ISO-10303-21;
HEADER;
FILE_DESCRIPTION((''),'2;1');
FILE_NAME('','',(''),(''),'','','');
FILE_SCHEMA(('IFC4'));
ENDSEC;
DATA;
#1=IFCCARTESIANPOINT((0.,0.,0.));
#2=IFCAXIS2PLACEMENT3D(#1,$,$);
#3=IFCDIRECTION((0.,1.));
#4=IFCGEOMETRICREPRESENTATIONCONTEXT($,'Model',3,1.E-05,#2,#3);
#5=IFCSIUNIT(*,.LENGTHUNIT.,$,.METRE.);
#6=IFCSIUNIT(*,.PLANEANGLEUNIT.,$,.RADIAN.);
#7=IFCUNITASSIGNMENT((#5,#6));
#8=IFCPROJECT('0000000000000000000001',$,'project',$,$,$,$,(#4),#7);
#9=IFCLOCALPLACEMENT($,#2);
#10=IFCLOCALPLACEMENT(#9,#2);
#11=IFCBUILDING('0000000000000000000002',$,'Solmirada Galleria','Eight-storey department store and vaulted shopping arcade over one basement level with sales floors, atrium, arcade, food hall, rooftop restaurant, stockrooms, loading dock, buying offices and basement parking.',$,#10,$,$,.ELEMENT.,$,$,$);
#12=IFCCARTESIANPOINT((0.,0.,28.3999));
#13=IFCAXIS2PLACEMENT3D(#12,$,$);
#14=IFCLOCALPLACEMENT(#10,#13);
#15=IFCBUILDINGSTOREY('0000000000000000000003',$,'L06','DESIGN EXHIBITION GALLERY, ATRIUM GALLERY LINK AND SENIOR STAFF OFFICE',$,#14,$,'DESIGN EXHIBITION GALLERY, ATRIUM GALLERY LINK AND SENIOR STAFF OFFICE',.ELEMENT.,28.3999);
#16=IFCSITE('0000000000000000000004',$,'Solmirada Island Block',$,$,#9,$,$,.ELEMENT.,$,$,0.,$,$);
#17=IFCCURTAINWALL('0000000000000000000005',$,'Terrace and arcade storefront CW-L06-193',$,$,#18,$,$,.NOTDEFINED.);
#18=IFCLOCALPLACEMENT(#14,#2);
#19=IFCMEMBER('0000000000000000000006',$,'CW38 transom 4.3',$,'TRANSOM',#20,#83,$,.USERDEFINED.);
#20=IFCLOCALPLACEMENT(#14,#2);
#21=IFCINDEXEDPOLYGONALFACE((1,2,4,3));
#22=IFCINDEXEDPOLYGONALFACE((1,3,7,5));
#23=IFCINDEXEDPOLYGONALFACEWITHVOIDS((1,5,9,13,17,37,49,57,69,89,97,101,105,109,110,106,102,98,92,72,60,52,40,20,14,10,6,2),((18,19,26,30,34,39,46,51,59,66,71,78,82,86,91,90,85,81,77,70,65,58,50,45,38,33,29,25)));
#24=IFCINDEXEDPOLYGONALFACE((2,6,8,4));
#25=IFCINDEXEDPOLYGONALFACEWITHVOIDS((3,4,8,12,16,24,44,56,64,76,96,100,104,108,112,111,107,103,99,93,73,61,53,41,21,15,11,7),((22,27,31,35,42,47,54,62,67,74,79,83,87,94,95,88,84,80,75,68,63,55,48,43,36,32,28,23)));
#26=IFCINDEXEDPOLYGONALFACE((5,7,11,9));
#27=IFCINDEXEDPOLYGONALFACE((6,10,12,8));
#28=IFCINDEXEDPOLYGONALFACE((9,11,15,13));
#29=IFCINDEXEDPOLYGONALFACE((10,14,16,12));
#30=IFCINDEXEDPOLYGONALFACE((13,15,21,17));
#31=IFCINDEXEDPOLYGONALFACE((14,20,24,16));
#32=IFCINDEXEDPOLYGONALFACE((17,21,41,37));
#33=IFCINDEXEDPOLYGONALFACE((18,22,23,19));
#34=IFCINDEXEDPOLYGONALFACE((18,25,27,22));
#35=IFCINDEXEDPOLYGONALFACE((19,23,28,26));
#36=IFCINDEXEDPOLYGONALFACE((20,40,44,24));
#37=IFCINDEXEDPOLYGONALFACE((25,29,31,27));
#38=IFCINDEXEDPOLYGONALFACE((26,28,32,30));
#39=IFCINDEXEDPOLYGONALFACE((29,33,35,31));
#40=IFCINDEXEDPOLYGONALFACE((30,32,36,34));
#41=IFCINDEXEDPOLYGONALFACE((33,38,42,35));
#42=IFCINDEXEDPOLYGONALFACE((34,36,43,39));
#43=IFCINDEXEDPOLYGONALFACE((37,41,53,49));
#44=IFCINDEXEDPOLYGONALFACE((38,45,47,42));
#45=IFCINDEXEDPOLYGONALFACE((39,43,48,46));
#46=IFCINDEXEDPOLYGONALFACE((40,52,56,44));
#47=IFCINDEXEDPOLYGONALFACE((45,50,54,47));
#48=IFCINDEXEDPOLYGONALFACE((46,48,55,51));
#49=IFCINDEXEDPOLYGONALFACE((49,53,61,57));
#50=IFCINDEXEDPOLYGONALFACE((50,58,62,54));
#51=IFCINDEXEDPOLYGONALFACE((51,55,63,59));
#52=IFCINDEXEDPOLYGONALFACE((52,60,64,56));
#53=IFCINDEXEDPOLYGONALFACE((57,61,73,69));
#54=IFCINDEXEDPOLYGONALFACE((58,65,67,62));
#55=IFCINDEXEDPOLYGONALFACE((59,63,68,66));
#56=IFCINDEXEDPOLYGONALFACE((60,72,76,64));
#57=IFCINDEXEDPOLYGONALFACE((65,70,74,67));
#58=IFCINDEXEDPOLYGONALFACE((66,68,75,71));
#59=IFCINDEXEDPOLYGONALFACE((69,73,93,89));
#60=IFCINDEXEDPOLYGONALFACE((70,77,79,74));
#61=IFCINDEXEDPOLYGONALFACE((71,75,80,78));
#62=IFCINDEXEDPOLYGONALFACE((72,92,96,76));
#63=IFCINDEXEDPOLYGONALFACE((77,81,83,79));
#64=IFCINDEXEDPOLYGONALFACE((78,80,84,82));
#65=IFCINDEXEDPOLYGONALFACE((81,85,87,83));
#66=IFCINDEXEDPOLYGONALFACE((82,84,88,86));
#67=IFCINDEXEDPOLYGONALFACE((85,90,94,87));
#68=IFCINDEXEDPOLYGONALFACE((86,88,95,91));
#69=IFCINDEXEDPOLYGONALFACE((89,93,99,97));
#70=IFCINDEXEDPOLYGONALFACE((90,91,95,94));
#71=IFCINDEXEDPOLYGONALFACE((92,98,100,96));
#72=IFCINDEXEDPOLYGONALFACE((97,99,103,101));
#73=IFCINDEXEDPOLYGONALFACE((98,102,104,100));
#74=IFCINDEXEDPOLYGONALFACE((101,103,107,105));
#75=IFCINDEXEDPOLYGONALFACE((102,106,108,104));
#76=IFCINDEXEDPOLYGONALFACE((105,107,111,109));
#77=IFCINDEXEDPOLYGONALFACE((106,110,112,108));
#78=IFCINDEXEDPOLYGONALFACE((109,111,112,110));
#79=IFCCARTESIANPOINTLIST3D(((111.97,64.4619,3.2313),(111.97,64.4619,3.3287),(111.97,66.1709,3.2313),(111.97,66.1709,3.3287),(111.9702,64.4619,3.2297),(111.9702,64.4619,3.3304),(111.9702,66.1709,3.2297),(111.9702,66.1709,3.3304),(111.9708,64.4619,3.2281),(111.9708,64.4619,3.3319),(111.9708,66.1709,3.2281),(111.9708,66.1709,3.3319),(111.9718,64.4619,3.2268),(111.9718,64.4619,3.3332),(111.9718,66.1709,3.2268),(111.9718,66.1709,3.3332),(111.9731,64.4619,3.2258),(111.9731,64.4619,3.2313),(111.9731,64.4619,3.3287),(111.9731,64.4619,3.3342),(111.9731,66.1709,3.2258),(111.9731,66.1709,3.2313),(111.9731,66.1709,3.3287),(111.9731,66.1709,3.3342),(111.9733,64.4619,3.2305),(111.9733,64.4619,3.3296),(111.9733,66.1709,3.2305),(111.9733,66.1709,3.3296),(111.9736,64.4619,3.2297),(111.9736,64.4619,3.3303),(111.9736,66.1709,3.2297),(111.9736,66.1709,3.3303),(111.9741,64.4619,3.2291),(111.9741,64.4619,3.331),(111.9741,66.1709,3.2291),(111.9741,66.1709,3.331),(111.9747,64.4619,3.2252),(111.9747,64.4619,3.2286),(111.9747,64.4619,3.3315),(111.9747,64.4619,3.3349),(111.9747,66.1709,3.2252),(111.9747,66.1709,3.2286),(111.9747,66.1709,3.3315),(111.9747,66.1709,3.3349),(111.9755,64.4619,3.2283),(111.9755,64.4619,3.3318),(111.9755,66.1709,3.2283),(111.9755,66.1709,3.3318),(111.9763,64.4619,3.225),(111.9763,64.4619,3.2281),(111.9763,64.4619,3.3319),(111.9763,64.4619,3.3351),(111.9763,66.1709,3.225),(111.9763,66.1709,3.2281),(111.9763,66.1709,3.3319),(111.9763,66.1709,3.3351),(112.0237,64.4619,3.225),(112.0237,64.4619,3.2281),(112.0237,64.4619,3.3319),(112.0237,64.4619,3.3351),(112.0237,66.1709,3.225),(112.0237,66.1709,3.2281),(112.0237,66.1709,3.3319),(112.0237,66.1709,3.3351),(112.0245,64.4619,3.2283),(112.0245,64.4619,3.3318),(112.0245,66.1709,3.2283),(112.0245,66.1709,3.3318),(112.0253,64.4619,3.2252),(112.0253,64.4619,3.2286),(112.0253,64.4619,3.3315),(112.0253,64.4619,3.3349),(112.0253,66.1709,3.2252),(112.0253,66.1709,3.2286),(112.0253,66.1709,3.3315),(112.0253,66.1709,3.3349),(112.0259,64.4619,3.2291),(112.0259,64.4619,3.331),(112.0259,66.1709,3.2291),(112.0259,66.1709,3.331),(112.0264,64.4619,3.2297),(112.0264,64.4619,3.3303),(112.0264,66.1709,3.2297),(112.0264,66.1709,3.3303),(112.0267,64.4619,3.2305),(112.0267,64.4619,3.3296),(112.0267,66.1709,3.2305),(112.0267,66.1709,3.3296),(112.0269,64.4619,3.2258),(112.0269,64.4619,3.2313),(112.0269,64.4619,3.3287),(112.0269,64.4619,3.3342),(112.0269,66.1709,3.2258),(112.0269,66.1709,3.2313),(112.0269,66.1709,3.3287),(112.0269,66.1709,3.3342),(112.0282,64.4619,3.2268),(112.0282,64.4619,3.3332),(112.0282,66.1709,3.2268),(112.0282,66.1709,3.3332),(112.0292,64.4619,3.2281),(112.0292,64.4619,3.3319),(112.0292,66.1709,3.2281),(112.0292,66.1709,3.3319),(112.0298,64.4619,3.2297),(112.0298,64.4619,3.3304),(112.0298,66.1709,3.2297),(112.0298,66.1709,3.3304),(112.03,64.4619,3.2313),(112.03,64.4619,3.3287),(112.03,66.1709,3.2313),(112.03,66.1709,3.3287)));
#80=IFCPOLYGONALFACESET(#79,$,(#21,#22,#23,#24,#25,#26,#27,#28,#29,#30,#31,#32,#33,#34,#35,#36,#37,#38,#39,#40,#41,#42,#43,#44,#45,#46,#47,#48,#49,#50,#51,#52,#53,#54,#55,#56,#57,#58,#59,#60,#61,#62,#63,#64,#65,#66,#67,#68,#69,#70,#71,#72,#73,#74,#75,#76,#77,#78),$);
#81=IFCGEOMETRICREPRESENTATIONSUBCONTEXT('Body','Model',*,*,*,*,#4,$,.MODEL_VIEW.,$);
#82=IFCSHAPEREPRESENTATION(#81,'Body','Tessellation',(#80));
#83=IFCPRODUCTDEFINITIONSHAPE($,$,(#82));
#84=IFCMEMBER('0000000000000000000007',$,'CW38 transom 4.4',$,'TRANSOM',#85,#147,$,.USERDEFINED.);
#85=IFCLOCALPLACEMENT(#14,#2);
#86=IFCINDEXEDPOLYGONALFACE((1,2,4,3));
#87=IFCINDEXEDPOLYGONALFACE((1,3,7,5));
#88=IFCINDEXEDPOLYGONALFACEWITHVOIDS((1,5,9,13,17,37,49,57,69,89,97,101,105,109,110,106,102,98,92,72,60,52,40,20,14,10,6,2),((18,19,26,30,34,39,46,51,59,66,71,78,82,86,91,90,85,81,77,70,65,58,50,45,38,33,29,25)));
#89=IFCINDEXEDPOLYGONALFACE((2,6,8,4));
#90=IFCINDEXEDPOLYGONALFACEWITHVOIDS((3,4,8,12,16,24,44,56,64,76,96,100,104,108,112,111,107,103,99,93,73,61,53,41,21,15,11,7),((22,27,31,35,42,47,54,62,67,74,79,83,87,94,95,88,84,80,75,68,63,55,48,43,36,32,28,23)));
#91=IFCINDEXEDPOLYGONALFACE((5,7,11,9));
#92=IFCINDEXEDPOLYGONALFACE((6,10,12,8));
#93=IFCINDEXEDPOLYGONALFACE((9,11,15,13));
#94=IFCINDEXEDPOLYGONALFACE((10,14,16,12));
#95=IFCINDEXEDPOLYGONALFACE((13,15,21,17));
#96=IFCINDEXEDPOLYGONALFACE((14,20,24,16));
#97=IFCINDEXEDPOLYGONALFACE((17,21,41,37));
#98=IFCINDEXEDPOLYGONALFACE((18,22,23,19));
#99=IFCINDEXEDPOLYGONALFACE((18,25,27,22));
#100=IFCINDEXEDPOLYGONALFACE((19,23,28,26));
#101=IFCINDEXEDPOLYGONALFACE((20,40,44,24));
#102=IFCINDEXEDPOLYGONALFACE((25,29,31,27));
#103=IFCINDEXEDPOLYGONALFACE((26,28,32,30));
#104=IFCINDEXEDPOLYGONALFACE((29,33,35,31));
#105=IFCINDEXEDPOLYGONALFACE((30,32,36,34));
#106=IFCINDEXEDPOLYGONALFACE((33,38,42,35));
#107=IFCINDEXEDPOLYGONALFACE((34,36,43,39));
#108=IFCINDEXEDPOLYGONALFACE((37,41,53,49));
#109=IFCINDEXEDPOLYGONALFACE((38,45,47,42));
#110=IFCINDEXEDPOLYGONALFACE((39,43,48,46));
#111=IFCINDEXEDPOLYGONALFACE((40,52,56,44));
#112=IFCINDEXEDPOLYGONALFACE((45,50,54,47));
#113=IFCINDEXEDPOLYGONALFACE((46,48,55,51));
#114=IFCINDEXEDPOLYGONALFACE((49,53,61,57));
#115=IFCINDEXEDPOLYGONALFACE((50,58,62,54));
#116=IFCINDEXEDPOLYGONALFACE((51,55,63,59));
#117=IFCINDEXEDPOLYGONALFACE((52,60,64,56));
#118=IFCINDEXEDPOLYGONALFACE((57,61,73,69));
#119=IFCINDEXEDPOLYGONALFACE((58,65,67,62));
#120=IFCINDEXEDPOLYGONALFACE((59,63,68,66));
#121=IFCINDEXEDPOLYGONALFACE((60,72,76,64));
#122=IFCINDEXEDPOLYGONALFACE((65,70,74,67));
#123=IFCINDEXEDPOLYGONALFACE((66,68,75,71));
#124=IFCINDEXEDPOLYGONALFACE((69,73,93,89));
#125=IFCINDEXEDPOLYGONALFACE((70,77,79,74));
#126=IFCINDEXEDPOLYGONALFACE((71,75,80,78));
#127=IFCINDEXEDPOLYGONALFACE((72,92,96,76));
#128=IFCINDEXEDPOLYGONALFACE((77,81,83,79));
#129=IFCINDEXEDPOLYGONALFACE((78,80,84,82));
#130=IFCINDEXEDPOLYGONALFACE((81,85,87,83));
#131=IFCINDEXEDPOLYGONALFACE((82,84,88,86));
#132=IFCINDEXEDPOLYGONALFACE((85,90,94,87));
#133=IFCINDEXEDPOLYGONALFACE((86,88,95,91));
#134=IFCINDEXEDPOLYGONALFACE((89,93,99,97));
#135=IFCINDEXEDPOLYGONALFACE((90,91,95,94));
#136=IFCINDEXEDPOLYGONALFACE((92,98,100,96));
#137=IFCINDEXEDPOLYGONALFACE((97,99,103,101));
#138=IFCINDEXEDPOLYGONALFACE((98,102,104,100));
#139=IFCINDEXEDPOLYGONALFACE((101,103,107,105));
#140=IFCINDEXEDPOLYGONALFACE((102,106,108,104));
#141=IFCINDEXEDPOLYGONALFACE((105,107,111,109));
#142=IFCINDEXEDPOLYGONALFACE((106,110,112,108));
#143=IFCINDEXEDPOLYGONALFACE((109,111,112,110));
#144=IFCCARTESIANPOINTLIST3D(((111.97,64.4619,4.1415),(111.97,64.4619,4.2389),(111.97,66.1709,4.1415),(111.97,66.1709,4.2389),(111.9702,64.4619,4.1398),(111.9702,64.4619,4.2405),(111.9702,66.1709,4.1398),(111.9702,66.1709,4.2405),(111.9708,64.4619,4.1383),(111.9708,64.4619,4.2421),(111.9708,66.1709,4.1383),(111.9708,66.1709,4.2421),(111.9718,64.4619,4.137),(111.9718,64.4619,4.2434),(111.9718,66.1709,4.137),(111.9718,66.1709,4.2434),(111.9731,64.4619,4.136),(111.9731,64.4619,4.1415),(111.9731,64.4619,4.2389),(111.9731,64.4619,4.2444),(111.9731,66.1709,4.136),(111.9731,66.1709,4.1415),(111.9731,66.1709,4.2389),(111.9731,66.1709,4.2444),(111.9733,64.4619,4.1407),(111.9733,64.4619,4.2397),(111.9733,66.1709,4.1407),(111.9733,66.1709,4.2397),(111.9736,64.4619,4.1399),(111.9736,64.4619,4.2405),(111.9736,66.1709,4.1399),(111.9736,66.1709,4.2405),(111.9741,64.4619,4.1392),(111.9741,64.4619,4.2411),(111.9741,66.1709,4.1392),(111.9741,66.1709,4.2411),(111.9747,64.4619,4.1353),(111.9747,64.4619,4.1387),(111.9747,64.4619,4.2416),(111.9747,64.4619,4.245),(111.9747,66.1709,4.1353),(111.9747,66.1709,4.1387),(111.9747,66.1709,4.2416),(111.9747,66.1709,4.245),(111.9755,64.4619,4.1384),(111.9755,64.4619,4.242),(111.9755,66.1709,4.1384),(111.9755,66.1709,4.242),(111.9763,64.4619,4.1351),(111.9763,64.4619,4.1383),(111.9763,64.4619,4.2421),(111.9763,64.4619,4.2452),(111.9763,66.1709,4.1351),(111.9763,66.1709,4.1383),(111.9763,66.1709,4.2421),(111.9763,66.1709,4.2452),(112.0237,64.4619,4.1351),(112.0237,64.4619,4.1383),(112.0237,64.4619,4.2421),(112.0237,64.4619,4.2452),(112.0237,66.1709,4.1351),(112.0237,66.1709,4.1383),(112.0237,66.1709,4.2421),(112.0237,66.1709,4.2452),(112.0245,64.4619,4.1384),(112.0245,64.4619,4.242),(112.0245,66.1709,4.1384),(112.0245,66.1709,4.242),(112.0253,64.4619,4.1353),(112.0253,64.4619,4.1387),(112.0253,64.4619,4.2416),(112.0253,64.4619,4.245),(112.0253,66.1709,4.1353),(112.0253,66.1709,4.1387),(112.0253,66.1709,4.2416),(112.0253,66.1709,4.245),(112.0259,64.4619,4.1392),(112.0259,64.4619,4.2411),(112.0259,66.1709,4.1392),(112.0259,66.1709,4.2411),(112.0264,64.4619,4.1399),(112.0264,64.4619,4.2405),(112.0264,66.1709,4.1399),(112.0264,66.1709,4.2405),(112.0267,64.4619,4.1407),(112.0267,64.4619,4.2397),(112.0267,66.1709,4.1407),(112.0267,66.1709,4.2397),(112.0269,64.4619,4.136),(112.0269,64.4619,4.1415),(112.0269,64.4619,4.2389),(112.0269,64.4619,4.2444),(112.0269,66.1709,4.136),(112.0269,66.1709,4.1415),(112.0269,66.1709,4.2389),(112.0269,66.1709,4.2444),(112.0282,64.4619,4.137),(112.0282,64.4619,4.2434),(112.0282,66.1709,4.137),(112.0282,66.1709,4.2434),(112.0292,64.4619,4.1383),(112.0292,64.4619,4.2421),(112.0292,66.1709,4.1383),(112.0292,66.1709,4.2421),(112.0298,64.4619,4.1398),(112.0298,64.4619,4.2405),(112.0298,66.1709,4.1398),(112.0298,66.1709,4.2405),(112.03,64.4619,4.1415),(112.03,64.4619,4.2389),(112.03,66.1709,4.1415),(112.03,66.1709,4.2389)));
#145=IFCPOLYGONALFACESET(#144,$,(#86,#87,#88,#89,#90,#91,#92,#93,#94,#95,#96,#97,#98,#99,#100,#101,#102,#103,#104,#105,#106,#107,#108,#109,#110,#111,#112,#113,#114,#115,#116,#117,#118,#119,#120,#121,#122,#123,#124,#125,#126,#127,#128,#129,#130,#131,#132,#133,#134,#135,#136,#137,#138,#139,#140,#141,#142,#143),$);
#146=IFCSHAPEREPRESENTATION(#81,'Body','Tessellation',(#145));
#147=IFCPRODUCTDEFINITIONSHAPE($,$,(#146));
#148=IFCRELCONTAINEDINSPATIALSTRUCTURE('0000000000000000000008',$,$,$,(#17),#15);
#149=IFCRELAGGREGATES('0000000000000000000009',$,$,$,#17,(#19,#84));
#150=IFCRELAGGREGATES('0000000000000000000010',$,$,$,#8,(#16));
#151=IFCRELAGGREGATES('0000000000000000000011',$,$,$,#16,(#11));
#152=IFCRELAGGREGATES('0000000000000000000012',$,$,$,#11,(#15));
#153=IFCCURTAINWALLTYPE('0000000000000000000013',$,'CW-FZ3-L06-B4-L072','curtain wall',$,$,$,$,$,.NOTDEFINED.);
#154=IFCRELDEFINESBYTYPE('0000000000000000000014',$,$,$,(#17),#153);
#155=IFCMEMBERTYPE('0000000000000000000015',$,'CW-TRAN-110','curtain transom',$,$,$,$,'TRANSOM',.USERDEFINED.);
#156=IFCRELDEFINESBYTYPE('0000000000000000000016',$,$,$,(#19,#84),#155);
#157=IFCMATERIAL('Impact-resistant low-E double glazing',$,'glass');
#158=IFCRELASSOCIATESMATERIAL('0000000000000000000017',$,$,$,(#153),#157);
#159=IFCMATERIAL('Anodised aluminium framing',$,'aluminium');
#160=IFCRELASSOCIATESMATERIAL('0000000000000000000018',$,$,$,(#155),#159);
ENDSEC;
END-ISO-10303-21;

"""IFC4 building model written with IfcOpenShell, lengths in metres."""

from ifc_helpers import new_model, si_unit, direction, frame, origin, origin_2d, place, context, subcontext, project, spatial, hollow_rectangle, extrude, material, material_profile, profile_set, type_object, element, aggregate, save


model = new_model("IFC4")

# Units and contexts
model_context = context("Model", 3, precision=1e-05, world=origin(), true_north=direction((0.0, 1.0)))
body_context = subcontext(model_context, "Body", "Model", "MODEL_VIEW")
ifc_project = project(units=[si_unit("LENGTHUNIT", "METRE"), si_unit("PLANEANGLEUNIT", "RADIAN")], contexts=[model_context])

# Site, building, storey
site_placement = place(None, origin())
site = spatial("IfcSite", under=ifc_project, at=site_placement, Name="Solmirada Island Block", CompositionType="ELEMENT", RefElevation=0.0)
building_placement = place(site_placement, origin())
building = spatial("IfcBuilding", under=site, at=building_placement, Name="Solmirada Galleria", Description="Eight-storey department store and vaulted shopping arcade over one basement level with sales floors, atrium, arcade, food hall, rooftop restaurant, stockrooms, loading dock, buying offices and basement parking.", CompositionType="ELEMENT")
storey_placement = place(building_placement, frame((0.0, 0.0, 28.3999)))
storey = spatial("IfcBuildingStorey", under=building, at=storey_placement, Name="L06", Description="DESIGN EXHIBITION GALLERY, ATRIUM GALLERY LINK AND SENIOR STAFF OFFICE", LongName="DESIGN EXHIBITION GALLERY, ATRIUM GALLERY LINK AND SENIOR STAFF OFFICE", CompositionType="ELEMENT", Elevation=28.3999)

# Curtain wall
ifc_material_1 = material(Name="Impact-resistant low-E double glazing", Category="glass")
curtain_wall_type = type_object("IfcCurtainWallType", Name="CW-FZ3-L06-B4-L072", Description="curtain wall", PredefinedType="NOTDEFINED", material=ifc_material_1)
curtain_wall_1_placement = place(storey_placement, origin())
curtain_wall_1 = element("IfcCurtainWall", 1, at=curtain_wall_1_placement, inside=storey, type_object=curtain_wall_type, Name="Terrace and arcade storefront CW-L06-193", PredefinedType="NOTDEFINED")
ifc_material_2 = material(Name="Anodised aluminium framing", Category="aluminium")

# Members
ifc_material_profile_1 = material_profile(ifc_material_2, hollow_rectangle(XDim=0.0601, YDim=0.1101, WallThickness=0.0032, InnerFilletRadius=0.0032, OuterFilletRadius=0.0063, at=origin_2d()), Name="ALU-TRAN-110X60")
ifc_profile_set_1 = profile_set([ifc_material_profile_1], Name="Anodised aluminium framing")
member_type_1 = type_object("IfcMemberType", Name="CW-TRAN-110", Description="curtain transom", ElementType="TRANSOM", PredefinedType="USERDEFINED", material=ifc_profile_set_1)
member_1_placement = place(storey_placement, frame((112.0, 66.1709, 3.28), z_axis=(0.0, -1.0, 0.0), x_axis=(1.0, 0.0, 0.0)))
member_1 = element("IfcMember", 2, at=member_1_placement, type_object=member_type_1, Name="CW38 transom 4.3", ObjectType="TRANSOM", PredefinedType="USERDEFINED", context=body_context, shape_type="SweptSolid", body=[
    extrude(hollow_rectangle(XDim=0.0601, YDim=0.1101, WallThickness=0.0032, InnerFilletRadius=0.0032, OuterFilletRadius=0.0063, at=origin_2d()), origin(), (0.0, 0.0, 1.0), 1.709),
])
member_2_placement = place(storey_placement, frame((112.0, 66.1709, 4.1902), z_axis=(0.0, -1.0, 0.0), x_axis=(1.0, 0.0, 0.0)))
member_2 = element("IfcMember", 3, at=member_2_placement, type_object=member_type_1, Name="CW38 transom 4.4", ObjectType="TRANSOM", PredefinedType="USERDEFINED", context=body_context, shape_type="SweptSolid", body=[
    extrude(hollow_rectangle(XDim=0.0601, YDim=0.1101, WallThickness=0.0032, InnerFilletRadius=0.0032, OuterFilletRadius=0.0063, at=origin_2d()), origin(), (0.0, 0.0, 1.0), 1.709),
])

aggregate(curtain_wall_1, [member_1, member_2])

save(model, "model.ifc")
